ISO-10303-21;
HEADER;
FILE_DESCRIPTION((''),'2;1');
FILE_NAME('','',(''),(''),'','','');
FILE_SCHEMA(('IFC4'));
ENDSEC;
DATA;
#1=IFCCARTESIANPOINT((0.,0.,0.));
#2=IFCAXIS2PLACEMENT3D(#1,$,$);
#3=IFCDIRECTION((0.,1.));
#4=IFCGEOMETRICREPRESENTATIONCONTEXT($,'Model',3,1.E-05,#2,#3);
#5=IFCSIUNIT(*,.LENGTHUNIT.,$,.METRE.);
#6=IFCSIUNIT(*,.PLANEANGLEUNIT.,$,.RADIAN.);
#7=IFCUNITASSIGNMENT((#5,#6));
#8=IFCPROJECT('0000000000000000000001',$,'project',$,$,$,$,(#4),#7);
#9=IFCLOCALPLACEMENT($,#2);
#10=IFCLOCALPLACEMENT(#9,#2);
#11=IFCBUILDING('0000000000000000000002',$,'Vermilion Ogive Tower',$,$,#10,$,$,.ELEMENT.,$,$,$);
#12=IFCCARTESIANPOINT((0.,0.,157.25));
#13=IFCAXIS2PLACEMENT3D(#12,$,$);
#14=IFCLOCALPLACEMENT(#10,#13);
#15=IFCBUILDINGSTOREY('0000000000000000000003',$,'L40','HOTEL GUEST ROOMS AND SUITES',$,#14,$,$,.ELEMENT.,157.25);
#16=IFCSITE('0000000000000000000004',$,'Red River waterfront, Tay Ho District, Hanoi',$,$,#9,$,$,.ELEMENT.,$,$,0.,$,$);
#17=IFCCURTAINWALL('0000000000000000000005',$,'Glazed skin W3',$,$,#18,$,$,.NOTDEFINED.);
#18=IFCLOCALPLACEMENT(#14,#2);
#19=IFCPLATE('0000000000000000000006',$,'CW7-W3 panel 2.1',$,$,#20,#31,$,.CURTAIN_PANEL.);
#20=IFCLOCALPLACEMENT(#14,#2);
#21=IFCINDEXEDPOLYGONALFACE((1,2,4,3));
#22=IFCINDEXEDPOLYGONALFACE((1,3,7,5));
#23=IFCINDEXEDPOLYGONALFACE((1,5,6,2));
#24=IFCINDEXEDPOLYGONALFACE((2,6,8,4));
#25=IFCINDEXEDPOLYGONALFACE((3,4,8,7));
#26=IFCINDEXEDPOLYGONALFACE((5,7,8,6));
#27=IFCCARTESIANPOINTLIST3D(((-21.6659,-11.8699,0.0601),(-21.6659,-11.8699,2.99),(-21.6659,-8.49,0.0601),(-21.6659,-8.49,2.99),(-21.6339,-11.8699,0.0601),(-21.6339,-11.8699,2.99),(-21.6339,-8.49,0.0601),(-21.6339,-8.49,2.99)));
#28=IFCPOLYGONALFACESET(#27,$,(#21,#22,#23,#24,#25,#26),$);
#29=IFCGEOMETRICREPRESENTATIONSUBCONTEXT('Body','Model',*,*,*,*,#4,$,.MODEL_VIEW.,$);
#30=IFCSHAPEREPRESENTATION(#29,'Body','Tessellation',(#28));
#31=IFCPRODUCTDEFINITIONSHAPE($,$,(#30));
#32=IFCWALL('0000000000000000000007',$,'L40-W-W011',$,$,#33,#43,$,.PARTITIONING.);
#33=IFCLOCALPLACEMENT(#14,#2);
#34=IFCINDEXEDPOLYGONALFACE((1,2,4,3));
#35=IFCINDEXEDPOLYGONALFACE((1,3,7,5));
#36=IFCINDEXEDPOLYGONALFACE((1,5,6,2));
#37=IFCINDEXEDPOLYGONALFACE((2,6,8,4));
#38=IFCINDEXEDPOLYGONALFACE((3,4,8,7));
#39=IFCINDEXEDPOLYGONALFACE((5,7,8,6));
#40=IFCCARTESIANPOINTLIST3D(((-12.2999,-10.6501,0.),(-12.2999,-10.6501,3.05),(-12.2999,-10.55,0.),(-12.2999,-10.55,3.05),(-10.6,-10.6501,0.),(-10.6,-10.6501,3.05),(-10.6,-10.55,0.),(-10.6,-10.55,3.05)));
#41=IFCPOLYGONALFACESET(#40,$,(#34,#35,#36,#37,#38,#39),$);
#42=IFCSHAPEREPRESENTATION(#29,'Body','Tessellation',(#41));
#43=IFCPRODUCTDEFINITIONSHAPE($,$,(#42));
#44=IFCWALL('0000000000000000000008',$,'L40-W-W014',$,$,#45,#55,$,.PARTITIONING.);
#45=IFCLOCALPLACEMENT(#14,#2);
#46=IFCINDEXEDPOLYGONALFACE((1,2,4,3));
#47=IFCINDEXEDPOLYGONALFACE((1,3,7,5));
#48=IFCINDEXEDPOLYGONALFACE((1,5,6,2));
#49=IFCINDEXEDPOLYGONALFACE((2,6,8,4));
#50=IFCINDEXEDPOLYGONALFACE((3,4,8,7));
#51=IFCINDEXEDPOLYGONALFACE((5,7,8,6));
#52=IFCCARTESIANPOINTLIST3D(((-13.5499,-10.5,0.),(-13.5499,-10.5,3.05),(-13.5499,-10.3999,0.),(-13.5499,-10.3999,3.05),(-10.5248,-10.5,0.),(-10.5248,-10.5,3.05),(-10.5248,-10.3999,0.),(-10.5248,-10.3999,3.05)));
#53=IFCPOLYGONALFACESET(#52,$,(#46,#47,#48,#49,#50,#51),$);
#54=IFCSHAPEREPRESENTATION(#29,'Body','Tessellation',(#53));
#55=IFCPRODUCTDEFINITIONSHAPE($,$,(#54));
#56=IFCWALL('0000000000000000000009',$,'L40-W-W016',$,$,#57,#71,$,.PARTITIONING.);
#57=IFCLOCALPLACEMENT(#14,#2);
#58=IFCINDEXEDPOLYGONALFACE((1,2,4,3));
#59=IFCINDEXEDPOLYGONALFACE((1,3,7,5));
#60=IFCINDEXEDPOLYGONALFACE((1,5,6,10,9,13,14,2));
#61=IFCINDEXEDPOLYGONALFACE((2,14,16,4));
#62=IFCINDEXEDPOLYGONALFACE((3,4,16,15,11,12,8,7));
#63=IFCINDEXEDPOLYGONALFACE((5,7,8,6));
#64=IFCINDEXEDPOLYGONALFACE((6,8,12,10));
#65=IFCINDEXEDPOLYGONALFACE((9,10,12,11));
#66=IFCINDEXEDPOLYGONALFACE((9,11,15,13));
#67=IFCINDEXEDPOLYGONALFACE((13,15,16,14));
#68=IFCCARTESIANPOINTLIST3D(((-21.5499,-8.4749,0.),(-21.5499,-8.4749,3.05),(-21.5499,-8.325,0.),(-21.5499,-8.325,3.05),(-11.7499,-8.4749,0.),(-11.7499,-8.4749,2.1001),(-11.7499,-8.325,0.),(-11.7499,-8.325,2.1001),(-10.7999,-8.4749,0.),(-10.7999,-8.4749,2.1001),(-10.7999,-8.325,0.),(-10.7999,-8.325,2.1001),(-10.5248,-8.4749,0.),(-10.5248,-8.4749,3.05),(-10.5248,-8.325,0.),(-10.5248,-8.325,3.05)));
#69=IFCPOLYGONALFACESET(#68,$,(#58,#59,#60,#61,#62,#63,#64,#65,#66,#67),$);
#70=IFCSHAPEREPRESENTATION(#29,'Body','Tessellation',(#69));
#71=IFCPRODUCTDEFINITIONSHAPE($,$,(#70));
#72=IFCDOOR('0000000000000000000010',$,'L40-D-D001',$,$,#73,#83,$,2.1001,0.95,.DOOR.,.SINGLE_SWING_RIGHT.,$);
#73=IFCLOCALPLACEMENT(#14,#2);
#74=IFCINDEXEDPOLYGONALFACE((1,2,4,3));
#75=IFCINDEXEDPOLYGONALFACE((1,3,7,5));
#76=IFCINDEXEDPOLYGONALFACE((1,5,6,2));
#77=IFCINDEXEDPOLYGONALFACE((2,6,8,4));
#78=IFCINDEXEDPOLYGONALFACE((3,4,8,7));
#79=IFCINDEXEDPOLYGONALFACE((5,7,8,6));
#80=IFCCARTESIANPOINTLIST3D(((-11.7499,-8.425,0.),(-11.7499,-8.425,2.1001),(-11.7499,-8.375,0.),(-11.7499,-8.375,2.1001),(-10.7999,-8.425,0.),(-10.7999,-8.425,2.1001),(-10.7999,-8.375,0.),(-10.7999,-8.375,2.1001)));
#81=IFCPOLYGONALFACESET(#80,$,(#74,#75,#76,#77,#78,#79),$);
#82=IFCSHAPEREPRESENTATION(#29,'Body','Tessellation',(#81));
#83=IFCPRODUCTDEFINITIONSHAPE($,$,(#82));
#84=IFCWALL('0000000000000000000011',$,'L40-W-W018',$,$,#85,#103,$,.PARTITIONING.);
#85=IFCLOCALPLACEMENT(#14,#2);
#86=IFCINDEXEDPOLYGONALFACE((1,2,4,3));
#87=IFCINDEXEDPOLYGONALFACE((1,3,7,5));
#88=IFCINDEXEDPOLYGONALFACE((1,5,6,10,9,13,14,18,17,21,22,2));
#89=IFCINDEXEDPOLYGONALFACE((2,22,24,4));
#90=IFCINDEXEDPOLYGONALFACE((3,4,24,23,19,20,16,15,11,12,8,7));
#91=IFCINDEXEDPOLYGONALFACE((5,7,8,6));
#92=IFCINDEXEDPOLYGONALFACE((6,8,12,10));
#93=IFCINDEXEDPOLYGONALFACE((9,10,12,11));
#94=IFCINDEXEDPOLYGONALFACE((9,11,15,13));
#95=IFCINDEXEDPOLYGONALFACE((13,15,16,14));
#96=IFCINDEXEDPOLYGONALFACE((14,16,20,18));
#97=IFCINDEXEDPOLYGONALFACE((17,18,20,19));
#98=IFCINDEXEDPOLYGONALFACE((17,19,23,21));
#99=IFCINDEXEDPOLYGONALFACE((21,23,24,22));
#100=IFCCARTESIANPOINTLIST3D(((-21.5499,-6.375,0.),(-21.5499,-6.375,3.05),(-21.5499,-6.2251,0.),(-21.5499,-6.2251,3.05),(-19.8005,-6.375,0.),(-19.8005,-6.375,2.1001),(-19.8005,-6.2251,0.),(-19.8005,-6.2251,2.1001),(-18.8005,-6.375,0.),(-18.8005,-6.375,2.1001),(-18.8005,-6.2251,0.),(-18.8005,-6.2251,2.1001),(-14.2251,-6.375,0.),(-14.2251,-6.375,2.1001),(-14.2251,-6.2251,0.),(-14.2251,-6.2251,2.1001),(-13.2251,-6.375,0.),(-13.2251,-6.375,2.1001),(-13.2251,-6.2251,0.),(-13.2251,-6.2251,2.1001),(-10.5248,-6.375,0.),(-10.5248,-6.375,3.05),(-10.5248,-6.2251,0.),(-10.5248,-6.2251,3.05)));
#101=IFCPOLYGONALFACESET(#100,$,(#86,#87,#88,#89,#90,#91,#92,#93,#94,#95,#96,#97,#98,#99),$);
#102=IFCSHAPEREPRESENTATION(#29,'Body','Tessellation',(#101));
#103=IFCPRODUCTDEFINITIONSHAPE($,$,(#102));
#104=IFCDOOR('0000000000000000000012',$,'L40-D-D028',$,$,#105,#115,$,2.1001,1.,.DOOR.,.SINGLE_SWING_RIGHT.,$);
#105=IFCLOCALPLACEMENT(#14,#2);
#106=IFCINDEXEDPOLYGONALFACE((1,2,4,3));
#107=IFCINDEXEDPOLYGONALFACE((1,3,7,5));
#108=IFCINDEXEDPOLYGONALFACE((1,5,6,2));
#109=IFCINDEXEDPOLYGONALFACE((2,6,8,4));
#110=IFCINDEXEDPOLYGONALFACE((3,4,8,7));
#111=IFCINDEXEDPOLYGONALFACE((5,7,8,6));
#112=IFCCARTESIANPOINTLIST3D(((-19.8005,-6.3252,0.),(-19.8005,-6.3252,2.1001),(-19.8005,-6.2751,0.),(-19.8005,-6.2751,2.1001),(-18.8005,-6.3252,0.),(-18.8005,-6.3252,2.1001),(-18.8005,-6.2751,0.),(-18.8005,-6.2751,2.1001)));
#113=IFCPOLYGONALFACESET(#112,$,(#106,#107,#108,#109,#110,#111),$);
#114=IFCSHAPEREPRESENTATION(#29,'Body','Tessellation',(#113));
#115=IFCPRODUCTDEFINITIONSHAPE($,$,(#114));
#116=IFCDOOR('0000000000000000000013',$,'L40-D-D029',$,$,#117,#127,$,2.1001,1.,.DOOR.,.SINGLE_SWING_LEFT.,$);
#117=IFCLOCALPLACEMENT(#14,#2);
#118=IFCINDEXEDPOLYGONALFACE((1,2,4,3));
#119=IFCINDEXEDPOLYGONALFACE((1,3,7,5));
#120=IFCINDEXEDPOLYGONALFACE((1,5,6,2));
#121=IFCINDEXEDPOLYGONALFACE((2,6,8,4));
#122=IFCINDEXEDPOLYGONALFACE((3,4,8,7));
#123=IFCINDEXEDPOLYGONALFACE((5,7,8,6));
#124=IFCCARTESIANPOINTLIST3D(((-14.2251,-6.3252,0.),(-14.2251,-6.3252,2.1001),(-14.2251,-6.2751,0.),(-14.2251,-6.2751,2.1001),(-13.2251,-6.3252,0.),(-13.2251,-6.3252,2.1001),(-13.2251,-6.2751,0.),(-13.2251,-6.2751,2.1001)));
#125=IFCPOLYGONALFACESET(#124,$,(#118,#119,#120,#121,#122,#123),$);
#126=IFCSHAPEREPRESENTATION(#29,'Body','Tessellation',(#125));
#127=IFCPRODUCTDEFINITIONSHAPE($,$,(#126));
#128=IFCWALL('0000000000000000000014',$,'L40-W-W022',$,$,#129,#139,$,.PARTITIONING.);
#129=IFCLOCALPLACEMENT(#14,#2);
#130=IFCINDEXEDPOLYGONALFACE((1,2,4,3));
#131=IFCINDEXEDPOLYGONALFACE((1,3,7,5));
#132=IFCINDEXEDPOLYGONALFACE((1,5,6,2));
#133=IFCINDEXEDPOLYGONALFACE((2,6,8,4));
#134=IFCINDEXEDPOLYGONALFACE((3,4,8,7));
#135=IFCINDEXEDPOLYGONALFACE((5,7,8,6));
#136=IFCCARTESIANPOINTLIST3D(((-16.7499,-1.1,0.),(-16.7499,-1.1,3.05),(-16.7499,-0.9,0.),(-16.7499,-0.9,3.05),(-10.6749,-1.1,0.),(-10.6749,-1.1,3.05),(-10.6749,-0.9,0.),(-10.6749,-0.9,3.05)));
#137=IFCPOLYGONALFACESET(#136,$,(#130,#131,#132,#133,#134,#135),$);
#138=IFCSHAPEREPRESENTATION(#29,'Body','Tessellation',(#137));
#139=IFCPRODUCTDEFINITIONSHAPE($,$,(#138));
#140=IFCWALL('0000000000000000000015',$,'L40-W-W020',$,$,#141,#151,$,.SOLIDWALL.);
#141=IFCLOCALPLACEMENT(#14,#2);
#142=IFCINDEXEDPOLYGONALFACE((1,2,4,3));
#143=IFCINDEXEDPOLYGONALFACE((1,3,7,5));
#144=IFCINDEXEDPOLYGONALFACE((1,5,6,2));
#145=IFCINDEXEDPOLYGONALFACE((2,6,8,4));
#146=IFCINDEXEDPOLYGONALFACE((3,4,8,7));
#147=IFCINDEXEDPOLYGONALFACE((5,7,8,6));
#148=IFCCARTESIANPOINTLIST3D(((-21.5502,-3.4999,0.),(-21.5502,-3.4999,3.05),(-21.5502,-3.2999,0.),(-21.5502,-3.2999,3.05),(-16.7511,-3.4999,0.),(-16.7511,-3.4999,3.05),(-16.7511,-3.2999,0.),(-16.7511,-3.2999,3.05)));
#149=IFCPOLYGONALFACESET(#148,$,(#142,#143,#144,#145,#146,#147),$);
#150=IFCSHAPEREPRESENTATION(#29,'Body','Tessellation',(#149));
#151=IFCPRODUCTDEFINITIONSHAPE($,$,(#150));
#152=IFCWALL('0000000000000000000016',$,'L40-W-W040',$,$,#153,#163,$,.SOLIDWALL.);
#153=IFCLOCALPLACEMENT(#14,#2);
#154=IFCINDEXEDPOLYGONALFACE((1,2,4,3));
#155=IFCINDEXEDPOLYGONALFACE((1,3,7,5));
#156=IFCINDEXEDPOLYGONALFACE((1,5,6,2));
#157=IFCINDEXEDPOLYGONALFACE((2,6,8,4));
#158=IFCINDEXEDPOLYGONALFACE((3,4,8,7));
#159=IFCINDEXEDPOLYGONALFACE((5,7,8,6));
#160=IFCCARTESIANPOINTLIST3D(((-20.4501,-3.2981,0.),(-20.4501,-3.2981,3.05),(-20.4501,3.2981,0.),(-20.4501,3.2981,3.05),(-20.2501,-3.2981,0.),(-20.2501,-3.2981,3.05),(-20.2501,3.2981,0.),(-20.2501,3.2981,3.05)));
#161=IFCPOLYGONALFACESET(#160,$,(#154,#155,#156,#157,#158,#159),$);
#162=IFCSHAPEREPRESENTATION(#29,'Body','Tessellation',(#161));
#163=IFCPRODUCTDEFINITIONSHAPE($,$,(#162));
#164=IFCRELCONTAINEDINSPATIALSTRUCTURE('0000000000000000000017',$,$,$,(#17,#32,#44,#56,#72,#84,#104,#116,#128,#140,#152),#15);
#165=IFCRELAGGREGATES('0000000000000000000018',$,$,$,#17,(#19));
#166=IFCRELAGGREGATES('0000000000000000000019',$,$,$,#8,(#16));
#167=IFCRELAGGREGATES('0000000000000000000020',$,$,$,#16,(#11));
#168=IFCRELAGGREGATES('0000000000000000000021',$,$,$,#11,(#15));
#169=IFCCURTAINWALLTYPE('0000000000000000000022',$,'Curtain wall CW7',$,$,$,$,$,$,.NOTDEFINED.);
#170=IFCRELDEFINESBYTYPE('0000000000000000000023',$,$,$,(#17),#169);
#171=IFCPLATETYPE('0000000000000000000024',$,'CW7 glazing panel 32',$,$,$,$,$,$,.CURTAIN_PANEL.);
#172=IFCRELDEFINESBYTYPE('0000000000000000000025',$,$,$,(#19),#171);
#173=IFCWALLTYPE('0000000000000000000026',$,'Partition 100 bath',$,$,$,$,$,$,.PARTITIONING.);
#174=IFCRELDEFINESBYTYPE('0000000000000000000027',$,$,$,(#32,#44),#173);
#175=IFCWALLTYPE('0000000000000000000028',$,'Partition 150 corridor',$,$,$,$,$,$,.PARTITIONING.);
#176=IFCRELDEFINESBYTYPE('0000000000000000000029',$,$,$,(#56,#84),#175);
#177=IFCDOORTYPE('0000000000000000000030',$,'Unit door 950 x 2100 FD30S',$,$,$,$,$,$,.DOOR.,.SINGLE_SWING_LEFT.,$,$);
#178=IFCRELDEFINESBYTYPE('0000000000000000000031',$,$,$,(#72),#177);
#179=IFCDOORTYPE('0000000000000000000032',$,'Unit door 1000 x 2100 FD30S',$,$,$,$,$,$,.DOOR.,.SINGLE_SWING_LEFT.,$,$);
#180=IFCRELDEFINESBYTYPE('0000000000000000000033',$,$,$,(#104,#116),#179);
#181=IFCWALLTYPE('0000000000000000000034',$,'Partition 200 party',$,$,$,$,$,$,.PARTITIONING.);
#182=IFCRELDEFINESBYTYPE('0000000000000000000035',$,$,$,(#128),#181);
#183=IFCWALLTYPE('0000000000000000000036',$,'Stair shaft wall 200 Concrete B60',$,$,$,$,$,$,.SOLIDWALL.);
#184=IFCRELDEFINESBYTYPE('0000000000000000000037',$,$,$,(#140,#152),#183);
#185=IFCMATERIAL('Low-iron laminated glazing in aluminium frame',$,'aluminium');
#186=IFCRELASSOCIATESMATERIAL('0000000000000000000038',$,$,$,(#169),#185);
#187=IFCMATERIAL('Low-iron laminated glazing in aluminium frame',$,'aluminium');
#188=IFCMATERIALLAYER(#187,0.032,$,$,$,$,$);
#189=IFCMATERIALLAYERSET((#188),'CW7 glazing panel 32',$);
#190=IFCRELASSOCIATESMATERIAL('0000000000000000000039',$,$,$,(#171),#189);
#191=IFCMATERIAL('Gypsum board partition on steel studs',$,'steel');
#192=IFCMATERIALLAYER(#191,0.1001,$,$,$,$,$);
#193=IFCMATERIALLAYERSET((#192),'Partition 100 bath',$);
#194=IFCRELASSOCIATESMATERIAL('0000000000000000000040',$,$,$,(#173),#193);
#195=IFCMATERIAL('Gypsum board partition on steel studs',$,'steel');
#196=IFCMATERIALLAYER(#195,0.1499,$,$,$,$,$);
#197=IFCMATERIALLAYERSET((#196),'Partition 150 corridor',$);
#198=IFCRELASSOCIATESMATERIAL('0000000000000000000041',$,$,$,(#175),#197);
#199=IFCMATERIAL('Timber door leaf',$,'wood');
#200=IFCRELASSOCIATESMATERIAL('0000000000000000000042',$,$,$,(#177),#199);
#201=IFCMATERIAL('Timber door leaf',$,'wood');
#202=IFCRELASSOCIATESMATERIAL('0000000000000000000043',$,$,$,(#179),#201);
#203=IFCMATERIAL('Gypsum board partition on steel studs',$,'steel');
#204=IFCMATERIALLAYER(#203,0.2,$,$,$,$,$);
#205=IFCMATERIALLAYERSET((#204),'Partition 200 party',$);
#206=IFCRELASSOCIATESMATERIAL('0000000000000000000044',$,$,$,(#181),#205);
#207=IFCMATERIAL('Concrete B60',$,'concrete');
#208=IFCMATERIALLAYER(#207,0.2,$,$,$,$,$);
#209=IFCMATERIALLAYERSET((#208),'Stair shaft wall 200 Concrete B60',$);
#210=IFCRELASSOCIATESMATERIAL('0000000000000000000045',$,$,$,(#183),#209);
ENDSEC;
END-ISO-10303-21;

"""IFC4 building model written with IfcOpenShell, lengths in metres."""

from ifc_helpers import new_model, si_unit, direction, frame, frame_2d, origin, origin_2d, place, context, subcontext, project, spatial, rectangle, extrude, material, layer, layer_set, type_object, element, fill, aggregate, save


model = new_model("IFC4")

# Units and contexts
model_context = context("Model", 3, precision=1e-05, world=origin(), true_north=direction((0.0, 1.0)))
body_context = subcontext(model_context, "Body", "Model", "MODEL_VIEW")
ifc_project = project(units=[si_unit("LENGTHUNIT", "METRE"), si_unit("PLANEANGLEUNIT", "RADIAN")], contexts=[model_context])

# Site, building, storey
site_placement = place(None, origin())
site = spatial("IfcSite", under=ifc_project, at=site_placement, Name="Red River waterfront, Tay Ho District, Hanoi", CompositionType="ELEMENT", RefElevation=0.0)
building_placement = place(site_placement, origin())
building = spatial("IfcBuilding", under=site, at=building_placement, Name="Vermilion Ogive Tower", CompositionType="ELEMENT")
storey_placement = place(building_placement, frame((0.0, 0.0, 157.25)))
storey = spatial("IfcBuildingStorey", under=building, at=storey_placement, Name="L40", Description="HOTEL GUEST ROOMS AND SUITES", CompositionType="ELEMENT", Elevation=157.25)

# Shared definitions
ifc_material_1 = material(Name="Low-iron laminated glazing in aluminium frame", Category="aluminium")
curtain_wall_type = type_object("IfcCurtainWallType", Name="Curtain wall CW7", PredefinedType="NOTDEFINED", material=ifc_material_1)

# Curtain wall
curtain_wall_1_placement = place(storey_placement, origin())
curtain_wall_1 = element("IfcCurtainWall", 1, at=curtain_wall_1_placement, inside=storey, type_object=curtain_wall_type, Name="Glazed skin W3", PredefinedType="NOTDEFINED")

# Plate
ifc_material_2 = material(Name="Low-iron laminated glazing in aluminium frame", Category="aluminium")
ifc_layer_1 = layer(ifc_material_2, 0.032)
ifc_layer_set_1 = layer_set([ifc_layer_1], Name="CW7 glazing panel 32")
plate_type = type_object("IfcPlateType", Name="CW7 glazing panel 32", PredefinedType="CURTAIN_PANEL", material=ifc_layer_set_1)
plate_1_placement = place(storey_placement, frame((-21.6499, -10.1799, 0.0601), z_axis=(0.0, 0.0, 1.0), x_axis=(0.0, -1.0, 0.0)))
plate_1 = element("IfcPlate", 2, at=plate_1_placement, type_object=plate_type, Name="CW7-W3 panel 2.1", PredefinedType="CURTAIN_PANEL", context=body_context, shape_type="SweptSolid", body=[
    extrude(rectangle(XDim=3.3799, YDim=0.032, at=origin_2d()), origin(), (0.0, 0.0, 1.0), 2.9299),
])
aggregate(curtain_wall_1, [plate_1])

# Walls
ifc_material_3 = material(Name="Gypsum board partition on steel studs", Category="steel")
ifc_layer_2 = layer(ifc_material_3, 0.1001)
ifc_layer_set_2 = layer_set([ifc_layer_2], Name="Partition 100 bath")
wall_type_1 = type_object("IfcWallType", Name="Partition 100 bath", PredefinedType="PARTITIONING", material=ifc_layer_set_2)
wall_1_placement = place(storey_placement, frame((-12.3, -10.6001, 0.0), z_axis=(0.0, 0.0, 1.0), x_axis=(1.0, 0.0, 0.0)))
element("IfcWall", 3, at=wall_1_placement, inside=storey, type_object=wall_type_1, Name="L40-W-W011", PredefinedType="PARTITIONING", context=body_context, shape_type="SweptSolid", body=[
    extrude(rectangle(XDim=1.7, YDim=0.1001, at=frame_2d((0.8501, 0.0))), origin(), (0.0, 0.0, 1.0), 3.05),
])
wall_2_placement = place(storey_placement, frame((-13.55, -10.45, 0.0), z_axis=(0.0, 0.0, 1.0), x_axis=(1.0, 0.0, 0.0)))
element("IfcWall", 4, at=wall_2_placement, inside=storey, type_object=wall_type_1, Name="L40-W-W014", PredefinedType="PARTITIONING", context=body_context, shape_type="SweptSolid", body=[
    extrude(rectangle(XDim=3.0251, YDim=0.1001, at=frame_2d((1.5127, 0.0))), origin(), (0.0, 0.0, 1.0), 3.05),
])

# Wall, opening, door
ifc_material_4 = material(Name="Gypsum board partition on steel studs", Category="steel")
ifc_layer_3 = layer(ifc_material_4, 0.1499)
ifc_layer_set_3 = layer_set([ifc_layer_3], Name="Partition 150 corridor")
wall_type_2 = type_object("IfcWallType", Name="Partition 150 corridor", PredefinedType="PARTITIONING", material=ifc_layer_set_3)
wall_3_placement = place(storey_placement, frame((-21.55, -8.3999, 0.0), z_axis=(0.0, 0.0, 1.0), x_axis=(1.0, 0.0, 0.0)))
wall_3 = element("IfcWall", 5, at=wall_3_placement, inside=storey, type_object=wall_type_2, Name="L40-W-W016", PredefinedType="PARTITIONING", context=body_context, shape_type="SweptSolid", body=[
    extrude(rectangle(XDim=11.0251, YDim=0.1499, at=frame_2d((5.5127, 0.0))), origin(), (0.0, 0.0, 1.0), 3.05),
])
opening_1_placement = place(wall_3_placement, frame((9.8, 0.0, 0.0)))
opening_1 = element("IfcOpeningElement", 6, at=opening_1_placement, cuts=wall_3, PredefinedType="OPENING", context=body_context, shape_type="SweptSolid", body=[
    extrude(rectangle(XDim=0.95, YDim=2.1001, at=frame_2d((0.4751, 1.05))), frame((0.0, 0.085, 0.0), z_axis=(0.0, -1.0, 0.0), x_axis=(1.0, 0.0, 0.0)), (0.0, 0.0, 1.0), 0.1699),
])
ifc_material_5 = material(Name="Timber door leaf", Category="wood")
door_type_1 = type_object("IfcDoorType", Name="Unit door 950 x 2100 FD30S", OperationType="SINGLE_SWING_LEFT", PredefinedType="DOOR", material=ifc_material_5)
door_1_placement = place(opening_1_placement, origin())
door_1 = element("IfcDoor", 7, at=door_1_placement, inside=storey, type_object=door_type_1, Name="L40-D-D001", OperationType="SINGLE_SWING_RIGHT", OverallHeight=2.1001, OverallWidth=0.95, PredefinedType="DOOR", context=body_context, shape_type="SweptSolid", body=[
    extrude(rectangle(XDim=0.95, YDim=2.1001, at=frame_2d((0.4751, 1.05))), frame((0.0, 0.0249, 0.0), z_axis=(0.0, -1.0, 0.0), x_axis=(1.0, 0.0, 0.0)), (0.0, 0.0, 1.0), 0.05),
])
fill(opening_1, door_1)

# Wall, openings, doors
wall_4_placement = place(storey_placement, frame((-21.55, -6.3, 0.0), z_axis=(0.0, 0.0, 1.0), x_axis=(1.0, 0.0, 0.0)))
wall_4 = element("IfcWall", 8, at=wall_4_placement, inside=storey, type_object=wall_type_2, Name="L40-W-W018", PredefinedType="PARTITIONING", context=body_context, shape_type="SweptSolid", body=[
    extrude(rectangle(XDim=11.0251, YDim=0.1499, at=frame_2d((5.5127, 0.0))), origin(), (0.0, 0.0, 1.0), 3.05),
])
opening_2_placement = place(wall_4_placement, frame((1.7495, 0.0, 0.0)))
opening_2 = element("IfcOpeningElement", 9, at=opening_2_placement, cuts=wall_4, PredefinedType="OPENING", context=body_context, shape_type="SweptSolid", body=[
    extrude(rectangle(XDim=1.0, YDim=2.1001, at=frame_2d((0.5, 1.05))), frame((0.0, 0.085, 0.0), z_axis=(0.0, -1.0, 0.0), x_axis=(1.0, 0.0, 0.0)), (0.0, 0.0, 1.0), 0.1699),
])
opening_3_placement = place(wall_4_placement, frame((7.325, 0.0, 0.0)))
opening_3 = element("IfcOpeningElement", 10, at=opening_3_placement, cuts=wall_4, PredefinedType="OPENING", context=body_context, shape_type="SweptSolid", body=[
    extrude(rectangle(XDim=1.0, YDim=2.1001, at=frame_2d((0.5, 1.05))), frame((0.0, 0.085, 0.0), z_axis=(0.0, -1.0, 0.0), x_axis=(1.0, 0.0, 0.0)), (0.0, 0.0, 1.0), 0.1699),
])
ifc_material_6 = material(Name="Timber door leaf", Category="wood")
door_type_2 = type_object("IfcDoorType", Name="Unit door 1000 x 2100 FD30S", OperationType="SINGLE_SWING_LEFT", PredefinedType="DOOR", material=ifc_material_6)
door_2_placement = place(opening_2_placement, origin())
door_2 = element("IfcDoor", 11, at=door_2_placement, inside=storey, type_object=door_type_2, Name="L40-D-D028", OperationType="SINGLE_SWING_RIGHT", OverallHeight=2.1001, OverallWidth=1.0, PredefinedType="DOOR", context=body_context, shape_type="SweptSolid", body=[
    extrude(rectangle(XDim=1.0, YDim=2.1001, at=frame_2d((0.5, 1.05))), frame((0.0, 0.0249, 0.0), z_axis=(0.0, -1.0, 0.0), x_axis=(1.0, 0.0, 0.0)), (0.0, 0.0, 1.0), 0.05),
])
fill(opening_2, door_2)
door_3_placement = place(opening_3_placement, origin())
door_3 = element("IfcDoor", 12, at=door_3_placement, inside=storey, type_object=door_type_2, Name="L40-D-D029", OperationType="SINGLE_SWING_LEFT", OverallHeight=2.1001, OverallWidth=1.0, PredefinedType="DOOR", context=body_context, shape_type="SweptSolid", body=[
    extrude(rectangle(XDim=1.0, YDim=2.1001, at=frame_2d((0.5, 1.05))), frame((0.0, 0.0249, 0.0), z_axis=(0.0, -1.0, 0.0), x_axis=(1.0, 0.0, 0.0)), (0.0, 0.0, 1.0), 0.05),
])
fill(opening_3, door_3)

# Walls
ifc_material_7 = material(Name="Gypsum board partition on steel studs", Category="steel")
ifc_layer_4 = layer(ifc_material_7, 0.2)
ifc_layer_set_4 = layer_set([ifc_layer_4], Name="Partition 200 party")
wall_type_3 = type_object("IfcWallType", Name="Partition 200 party", PredefinedType="PARTITIONING", material=ifc_layer_set_4)
wall_5_placement = place(storey_placement, frame((-16.75, -1.0, 0.0), z_axis=(0.0, 0.0, 1.0), x_axis=(1.0, 0.0, 0.0)))
element("IfcWall", 13, at=wall_5_placement, inside=storey, type_object=wall_type_3, Name="L40-W-W022", PredefinedType="PARTITIONING", context=body_context, shape_type="SweptSolid", body=[
    extrude(rectangle(XDim=6.075, YDim=0.2, at=frame_2d((3.0376, 0.0))), origin(), (0.0, 0.0, 1.0), 3.05),
])
ifc_material_8 = material(Name="Concrete B60", Category="concrete")
ifc_layer_5 = layer(ifc_material_8, 0.2)
ifc_layer_set_5 = layer_set([ifc_layer_5], Name="Stair shaft wall 200 Concrete B60")
wall_type_4 = type_object("IfcWallType", Name="Stair shaft wall 200 Concrete B60", PredefinedType="SOLIDWALL", material=ifc_layer_set_5)
wall_6_placement = place(storey_placement, frame((-21.55, -3.3999, 0.0), z_axis=(0.0, 0.0, 1.0), x_axis=(1.0, 0.0, 0.0)))
element("IfcWall", 14, at=wall_6_placement, inside=storey, type_object=wall_type_4, Name="L40-W-W020", PredefinedType="SOLIDWALL", context=body_context, shape_type="SweptSolid", body=[
    extrude(rectangle(XDim=4.7991, YDim=0.2, at=frame_2d((2.3994, 0.0))), origin(), (0.0, 0.0, 1.0), 3.05),
])
wall_7_placement = place(storey_placement, frame((-20.3501, -3.2981, 0.0), z_axis=(0.0, 0.0, 1.0), x_axis=(0.0, 1.0, 0.0)))
element("IfcWall", 15, at=wall_7_placement, inside=storey, type_object=wall_type_4, Name="L40-W-W040", PredefinedType="SOLIDWALL", context=body_context, shape_type="SweptSolid", body=[
    extrude(rectangle(XDim=6.5962, YDim=0.2, at=frame_2d((3.2981, 0.0))), origin(), (0.0, 0.0, 1.0), 3.05),
])

save(model, "model.ifc")
